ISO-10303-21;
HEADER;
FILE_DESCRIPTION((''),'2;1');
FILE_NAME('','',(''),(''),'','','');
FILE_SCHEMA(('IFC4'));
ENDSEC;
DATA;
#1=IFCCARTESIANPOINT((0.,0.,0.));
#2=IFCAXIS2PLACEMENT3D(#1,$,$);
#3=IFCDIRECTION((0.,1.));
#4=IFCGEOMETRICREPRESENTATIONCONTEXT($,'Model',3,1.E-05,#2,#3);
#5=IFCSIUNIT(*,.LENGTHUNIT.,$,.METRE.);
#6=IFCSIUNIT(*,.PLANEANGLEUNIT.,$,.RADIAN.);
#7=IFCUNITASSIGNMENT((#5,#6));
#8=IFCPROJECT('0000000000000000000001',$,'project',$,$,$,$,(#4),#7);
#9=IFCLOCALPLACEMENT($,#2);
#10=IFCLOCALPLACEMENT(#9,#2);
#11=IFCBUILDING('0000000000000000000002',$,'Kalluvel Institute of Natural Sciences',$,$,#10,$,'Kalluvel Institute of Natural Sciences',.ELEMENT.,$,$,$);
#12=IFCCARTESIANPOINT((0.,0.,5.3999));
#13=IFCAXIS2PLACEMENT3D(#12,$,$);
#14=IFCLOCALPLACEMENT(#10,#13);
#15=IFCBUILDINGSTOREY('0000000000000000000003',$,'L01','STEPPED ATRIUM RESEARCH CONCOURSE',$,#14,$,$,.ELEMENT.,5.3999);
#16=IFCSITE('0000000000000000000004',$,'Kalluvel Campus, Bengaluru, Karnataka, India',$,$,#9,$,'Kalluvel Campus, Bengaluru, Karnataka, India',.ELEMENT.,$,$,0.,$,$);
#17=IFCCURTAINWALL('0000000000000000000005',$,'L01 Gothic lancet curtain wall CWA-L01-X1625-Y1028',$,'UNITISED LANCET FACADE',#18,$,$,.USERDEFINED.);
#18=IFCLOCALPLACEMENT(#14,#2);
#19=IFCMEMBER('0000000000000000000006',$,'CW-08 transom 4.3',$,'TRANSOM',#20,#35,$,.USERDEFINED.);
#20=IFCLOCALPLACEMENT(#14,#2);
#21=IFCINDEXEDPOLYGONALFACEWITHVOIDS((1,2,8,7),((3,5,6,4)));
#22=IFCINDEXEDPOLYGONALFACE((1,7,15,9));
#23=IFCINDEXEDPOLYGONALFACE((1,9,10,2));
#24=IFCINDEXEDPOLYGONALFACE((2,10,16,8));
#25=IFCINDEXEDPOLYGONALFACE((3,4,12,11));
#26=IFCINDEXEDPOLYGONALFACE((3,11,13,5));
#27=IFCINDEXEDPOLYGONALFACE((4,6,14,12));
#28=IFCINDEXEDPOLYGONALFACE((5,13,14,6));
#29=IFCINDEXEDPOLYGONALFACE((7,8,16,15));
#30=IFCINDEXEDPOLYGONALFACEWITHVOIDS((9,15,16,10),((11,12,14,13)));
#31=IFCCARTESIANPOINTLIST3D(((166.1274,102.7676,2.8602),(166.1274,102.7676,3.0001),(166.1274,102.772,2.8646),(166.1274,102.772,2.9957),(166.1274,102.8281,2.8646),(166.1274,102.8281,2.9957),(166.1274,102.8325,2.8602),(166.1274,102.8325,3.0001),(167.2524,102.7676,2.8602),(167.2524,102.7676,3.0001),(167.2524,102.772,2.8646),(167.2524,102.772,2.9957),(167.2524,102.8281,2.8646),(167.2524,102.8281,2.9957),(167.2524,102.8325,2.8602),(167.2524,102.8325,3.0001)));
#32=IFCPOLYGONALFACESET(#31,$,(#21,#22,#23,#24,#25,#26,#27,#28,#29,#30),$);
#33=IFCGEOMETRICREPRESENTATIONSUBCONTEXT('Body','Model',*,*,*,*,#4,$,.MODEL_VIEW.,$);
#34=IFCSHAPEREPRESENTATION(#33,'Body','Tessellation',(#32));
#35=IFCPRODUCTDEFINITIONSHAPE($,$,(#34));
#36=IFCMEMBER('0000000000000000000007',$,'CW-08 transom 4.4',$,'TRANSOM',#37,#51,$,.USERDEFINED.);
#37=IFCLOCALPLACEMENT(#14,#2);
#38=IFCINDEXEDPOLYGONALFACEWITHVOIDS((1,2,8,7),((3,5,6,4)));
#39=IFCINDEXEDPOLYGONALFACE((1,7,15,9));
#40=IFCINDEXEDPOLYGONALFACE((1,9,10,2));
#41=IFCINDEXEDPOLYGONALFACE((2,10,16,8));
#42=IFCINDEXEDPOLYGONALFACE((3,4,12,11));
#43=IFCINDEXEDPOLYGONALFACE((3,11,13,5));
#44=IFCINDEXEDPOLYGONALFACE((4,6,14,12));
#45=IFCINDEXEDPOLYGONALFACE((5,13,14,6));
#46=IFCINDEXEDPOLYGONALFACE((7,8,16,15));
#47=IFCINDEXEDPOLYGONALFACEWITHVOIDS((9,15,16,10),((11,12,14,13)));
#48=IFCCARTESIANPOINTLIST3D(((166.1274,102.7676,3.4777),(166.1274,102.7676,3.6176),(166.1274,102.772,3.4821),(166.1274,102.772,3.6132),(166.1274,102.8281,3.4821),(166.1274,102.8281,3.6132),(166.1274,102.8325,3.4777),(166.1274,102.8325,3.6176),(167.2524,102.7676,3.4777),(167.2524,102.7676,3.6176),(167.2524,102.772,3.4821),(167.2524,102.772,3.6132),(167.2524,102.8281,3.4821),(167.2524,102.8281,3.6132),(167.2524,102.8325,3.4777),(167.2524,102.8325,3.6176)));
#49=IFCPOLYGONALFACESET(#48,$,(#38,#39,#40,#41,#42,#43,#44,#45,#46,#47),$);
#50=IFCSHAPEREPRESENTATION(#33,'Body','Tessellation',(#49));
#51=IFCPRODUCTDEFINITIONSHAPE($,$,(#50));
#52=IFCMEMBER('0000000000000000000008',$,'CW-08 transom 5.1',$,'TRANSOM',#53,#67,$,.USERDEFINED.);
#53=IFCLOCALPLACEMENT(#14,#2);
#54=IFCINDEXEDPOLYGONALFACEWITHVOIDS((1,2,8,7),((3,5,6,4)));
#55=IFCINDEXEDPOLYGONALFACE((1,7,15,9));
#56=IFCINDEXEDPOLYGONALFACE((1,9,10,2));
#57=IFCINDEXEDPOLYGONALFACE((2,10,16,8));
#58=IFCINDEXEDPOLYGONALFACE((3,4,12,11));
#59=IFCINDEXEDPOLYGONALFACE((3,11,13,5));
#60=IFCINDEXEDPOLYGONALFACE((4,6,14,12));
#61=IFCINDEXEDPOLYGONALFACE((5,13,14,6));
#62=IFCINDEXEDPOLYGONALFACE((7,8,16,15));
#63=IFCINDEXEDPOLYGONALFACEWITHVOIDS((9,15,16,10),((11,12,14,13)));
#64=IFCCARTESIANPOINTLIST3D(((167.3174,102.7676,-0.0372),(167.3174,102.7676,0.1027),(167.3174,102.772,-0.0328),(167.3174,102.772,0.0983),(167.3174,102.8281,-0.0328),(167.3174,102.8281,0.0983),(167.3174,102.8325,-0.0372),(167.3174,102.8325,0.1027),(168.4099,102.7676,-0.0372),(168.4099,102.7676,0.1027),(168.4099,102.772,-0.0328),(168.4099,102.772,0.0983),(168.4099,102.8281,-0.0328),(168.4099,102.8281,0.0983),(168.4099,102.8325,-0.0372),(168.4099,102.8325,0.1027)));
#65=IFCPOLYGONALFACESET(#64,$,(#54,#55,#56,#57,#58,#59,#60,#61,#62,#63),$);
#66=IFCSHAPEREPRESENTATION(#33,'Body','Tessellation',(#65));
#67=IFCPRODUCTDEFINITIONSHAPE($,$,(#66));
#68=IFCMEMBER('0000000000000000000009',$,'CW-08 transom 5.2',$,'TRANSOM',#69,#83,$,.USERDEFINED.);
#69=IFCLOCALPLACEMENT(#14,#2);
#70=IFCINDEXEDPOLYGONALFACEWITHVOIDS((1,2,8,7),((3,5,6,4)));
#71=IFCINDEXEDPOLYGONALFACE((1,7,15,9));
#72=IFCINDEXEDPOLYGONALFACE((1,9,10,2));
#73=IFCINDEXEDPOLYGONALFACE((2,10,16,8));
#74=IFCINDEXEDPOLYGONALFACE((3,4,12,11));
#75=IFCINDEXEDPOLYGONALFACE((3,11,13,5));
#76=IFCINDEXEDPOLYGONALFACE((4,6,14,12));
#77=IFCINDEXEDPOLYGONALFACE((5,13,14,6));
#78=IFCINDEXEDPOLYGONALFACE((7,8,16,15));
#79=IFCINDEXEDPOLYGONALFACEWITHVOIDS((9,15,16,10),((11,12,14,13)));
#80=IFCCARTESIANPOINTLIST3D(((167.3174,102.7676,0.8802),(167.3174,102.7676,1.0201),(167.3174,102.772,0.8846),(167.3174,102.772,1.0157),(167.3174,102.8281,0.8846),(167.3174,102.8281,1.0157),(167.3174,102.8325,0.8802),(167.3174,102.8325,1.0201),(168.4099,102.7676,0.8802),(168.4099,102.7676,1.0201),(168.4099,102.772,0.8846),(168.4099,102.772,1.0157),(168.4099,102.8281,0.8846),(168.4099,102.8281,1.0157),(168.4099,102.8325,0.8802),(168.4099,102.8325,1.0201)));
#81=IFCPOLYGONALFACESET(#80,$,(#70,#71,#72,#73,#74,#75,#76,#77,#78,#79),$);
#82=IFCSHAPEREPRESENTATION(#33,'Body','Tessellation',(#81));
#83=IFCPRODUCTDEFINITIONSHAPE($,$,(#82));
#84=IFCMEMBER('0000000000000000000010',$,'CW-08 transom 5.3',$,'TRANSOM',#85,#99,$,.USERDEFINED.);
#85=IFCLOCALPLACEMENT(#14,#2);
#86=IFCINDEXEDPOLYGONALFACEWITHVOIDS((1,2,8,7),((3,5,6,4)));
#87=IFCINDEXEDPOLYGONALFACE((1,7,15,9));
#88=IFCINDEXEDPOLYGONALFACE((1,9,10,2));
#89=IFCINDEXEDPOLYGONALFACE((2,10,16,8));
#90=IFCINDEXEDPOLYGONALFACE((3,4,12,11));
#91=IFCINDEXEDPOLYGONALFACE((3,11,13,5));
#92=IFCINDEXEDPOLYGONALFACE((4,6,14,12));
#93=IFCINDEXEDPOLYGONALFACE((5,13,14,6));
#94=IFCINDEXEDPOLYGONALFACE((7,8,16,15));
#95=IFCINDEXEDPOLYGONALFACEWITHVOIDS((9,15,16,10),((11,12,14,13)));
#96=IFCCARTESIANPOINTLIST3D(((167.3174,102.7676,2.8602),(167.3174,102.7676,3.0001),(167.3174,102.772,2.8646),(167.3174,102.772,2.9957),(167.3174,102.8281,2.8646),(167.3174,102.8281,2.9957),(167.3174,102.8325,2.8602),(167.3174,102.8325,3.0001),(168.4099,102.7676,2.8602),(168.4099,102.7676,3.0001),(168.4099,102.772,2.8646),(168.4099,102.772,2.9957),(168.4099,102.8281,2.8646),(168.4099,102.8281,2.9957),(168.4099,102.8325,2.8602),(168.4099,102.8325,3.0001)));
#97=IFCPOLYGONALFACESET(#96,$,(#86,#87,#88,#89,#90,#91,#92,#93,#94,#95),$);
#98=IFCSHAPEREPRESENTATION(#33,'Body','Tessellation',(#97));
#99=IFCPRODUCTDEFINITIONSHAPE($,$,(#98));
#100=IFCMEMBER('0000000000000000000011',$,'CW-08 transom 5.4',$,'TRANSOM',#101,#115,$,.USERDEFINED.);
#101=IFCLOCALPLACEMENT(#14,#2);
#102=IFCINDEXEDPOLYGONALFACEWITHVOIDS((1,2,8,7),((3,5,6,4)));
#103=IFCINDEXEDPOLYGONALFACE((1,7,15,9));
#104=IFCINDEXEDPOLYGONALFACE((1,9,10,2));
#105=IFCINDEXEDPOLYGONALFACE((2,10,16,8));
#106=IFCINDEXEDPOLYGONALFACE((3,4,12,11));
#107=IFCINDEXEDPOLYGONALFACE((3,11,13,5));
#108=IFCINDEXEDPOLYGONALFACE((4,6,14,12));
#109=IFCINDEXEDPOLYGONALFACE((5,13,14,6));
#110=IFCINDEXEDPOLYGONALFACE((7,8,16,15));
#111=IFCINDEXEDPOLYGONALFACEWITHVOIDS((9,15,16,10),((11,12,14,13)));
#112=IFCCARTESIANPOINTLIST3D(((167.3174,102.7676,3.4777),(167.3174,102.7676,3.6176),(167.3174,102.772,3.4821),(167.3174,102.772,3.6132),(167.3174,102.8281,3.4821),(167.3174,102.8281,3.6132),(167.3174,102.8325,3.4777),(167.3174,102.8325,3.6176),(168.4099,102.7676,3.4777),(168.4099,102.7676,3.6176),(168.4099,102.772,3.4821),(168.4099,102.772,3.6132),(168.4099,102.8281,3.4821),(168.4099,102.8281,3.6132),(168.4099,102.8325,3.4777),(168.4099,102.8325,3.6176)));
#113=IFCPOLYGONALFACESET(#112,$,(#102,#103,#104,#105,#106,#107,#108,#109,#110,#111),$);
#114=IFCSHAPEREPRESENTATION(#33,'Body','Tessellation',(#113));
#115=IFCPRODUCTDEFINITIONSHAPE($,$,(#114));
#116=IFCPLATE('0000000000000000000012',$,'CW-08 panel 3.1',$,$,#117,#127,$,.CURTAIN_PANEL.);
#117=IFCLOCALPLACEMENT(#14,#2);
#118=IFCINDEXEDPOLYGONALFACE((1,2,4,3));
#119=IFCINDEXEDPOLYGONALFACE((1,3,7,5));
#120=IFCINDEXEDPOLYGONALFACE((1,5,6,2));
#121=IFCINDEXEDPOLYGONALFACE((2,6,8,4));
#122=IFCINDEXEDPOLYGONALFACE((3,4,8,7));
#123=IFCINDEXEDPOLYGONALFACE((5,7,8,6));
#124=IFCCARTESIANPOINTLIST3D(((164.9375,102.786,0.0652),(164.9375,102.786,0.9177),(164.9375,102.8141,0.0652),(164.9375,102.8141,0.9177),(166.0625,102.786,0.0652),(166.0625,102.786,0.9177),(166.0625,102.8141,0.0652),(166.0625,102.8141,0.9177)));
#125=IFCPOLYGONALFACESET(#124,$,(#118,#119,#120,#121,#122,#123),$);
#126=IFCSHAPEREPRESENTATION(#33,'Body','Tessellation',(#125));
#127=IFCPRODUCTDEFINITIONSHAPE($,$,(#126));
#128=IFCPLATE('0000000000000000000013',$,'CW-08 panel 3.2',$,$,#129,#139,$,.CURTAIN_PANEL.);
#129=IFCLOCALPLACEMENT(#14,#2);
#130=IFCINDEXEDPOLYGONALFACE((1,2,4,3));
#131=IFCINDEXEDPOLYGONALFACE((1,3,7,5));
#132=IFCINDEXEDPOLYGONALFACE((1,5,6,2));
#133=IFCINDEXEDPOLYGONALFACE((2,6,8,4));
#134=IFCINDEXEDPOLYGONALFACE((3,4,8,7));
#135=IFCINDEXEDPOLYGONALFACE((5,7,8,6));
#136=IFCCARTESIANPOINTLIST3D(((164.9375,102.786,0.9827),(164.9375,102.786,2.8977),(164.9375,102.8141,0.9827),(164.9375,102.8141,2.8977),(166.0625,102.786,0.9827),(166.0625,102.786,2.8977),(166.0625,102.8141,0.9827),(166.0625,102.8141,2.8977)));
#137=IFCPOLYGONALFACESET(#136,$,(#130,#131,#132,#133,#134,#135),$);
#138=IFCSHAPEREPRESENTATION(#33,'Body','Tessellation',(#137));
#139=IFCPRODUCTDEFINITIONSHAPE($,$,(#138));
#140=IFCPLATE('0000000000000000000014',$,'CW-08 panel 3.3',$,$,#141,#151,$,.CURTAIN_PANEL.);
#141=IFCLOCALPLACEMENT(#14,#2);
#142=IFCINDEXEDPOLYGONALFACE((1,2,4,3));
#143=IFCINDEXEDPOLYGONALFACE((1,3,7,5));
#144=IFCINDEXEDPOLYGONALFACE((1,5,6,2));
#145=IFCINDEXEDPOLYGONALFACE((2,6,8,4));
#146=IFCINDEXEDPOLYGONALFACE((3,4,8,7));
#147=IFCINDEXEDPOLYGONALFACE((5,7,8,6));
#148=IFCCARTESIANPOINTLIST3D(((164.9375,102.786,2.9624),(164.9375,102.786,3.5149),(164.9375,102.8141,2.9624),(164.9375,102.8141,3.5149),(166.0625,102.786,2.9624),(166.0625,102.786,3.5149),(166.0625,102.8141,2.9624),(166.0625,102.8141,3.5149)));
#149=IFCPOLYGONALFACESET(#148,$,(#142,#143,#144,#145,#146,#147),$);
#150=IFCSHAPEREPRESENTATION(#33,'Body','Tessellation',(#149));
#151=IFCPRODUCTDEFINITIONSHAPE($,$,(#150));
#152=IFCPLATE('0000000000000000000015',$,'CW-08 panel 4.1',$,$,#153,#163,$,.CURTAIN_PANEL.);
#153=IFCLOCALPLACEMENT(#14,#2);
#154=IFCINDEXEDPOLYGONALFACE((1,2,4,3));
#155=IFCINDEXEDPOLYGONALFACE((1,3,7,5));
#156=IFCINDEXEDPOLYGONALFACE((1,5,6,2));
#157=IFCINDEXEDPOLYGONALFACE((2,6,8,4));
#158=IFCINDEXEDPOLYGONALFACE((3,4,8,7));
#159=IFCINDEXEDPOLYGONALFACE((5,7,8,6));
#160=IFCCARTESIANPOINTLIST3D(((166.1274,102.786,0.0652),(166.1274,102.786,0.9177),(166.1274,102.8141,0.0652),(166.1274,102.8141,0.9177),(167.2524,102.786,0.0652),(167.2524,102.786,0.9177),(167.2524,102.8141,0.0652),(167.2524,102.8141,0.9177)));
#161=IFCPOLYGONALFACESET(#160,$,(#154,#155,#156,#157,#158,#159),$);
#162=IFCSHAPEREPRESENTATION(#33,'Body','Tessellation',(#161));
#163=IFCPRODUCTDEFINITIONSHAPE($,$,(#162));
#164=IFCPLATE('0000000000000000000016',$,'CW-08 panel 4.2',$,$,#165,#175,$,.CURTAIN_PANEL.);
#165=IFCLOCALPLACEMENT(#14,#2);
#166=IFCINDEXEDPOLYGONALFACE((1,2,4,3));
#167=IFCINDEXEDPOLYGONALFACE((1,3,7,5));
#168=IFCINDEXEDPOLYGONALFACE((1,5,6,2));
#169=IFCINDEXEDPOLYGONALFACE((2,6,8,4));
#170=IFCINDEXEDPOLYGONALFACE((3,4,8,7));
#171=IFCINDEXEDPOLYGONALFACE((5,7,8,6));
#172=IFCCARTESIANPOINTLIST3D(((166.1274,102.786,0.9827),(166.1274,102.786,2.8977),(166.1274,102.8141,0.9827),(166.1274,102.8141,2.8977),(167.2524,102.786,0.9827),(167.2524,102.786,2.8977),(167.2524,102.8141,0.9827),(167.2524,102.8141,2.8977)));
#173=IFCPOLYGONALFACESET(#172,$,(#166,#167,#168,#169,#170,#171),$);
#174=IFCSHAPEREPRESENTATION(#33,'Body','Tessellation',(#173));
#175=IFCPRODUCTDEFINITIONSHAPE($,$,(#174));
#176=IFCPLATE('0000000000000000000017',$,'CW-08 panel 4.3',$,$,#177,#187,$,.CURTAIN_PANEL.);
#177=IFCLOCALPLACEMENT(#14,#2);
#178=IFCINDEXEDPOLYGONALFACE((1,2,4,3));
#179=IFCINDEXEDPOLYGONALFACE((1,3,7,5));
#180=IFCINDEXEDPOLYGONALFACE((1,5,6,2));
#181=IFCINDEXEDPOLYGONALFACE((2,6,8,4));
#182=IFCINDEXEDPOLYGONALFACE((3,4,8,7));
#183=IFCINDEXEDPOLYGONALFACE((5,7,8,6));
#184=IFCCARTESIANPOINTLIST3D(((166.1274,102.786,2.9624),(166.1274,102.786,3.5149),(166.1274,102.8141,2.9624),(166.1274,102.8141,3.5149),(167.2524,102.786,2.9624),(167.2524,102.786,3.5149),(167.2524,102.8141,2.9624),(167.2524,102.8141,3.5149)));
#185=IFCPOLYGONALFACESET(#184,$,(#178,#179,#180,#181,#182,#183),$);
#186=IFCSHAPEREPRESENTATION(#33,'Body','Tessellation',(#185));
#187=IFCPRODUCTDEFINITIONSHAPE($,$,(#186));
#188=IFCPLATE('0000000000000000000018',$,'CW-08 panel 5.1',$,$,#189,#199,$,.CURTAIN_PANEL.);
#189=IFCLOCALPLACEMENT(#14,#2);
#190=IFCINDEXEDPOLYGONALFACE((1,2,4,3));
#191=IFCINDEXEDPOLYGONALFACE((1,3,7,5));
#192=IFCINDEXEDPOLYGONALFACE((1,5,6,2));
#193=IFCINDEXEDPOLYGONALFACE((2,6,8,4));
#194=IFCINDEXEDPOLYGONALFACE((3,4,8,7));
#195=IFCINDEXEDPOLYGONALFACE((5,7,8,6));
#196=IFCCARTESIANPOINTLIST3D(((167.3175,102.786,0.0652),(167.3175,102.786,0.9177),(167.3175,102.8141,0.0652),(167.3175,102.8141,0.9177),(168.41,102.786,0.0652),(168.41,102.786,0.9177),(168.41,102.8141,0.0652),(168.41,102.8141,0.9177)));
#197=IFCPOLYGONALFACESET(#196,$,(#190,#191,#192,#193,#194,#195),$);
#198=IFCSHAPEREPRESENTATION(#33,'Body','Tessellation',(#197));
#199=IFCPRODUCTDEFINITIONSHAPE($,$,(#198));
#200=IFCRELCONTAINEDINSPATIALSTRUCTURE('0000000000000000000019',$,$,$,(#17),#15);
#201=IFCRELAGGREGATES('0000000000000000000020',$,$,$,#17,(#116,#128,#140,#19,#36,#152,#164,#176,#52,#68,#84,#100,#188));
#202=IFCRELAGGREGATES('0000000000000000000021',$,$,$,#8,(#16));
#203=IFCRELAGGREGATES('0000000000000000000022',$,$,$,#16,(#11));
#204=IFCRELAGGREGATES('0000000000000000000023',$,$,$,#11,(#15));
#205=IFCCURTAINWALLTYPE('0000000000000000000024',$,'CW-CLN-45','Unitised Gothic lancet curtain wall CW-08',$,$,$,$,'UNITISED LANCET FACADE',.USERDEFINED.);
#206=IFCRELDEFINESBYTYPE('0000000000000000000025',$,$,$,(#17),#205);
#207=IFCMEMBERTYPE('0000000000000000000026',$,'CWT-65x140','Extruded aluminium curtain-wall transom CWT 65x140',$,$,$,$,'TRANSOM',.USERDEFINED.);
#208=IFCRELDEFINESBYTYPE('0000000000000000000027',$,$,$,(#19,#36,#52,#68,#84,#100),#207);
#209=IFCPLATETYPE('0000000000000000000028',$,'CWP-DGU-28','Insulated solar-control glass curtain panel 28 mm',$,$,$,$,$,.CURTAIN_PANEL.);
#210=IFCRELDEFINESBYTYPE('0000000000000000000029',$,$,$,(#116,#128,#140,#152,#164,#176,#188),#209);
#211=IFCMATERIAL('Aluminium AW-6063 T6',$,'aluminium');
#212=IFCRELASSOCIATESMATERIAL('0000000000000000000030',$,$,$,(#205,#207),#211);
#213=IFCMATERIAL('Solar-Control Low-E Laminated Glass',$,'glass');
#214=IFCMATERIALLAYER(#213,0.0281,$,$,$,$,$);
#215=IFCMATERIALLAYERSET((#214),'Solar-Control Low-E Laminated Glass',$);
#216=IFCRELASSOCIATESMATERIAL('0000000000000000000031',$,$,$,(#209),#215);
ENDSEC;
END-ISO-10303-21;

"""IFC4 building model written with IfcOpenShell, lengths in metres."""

from ifc_helpers import new_model, si_unit, direction, frame, origin, origin_2d, place, context, subcontext, project, spatial, rectangle, hollow_rectangle, extrude, material, layer, layer_set, material_profile, profile_set, type_object, element, aggregate, save


model = new_model("IFC4")

# Units and contexts
model_context = context("Model", 3, precision=1e-05, world=origin(), true_north=direction((0.0, 1.0)))
body_context = subcontext(model_context, "Body", "Model", "MODEL_VIEW")
ifc_project = project(units=[si_unit("LENGTHUNIT", "METRE"), si_unit("PLANEANGLEUNIT", "RADIAN")], contexts=[model_context])

# Site, building, storey
site_placement = place(None, origin())
site = spatial("IfcSite", under=ifc_project, at=site_placement, Name="Kalluvel Campus, Bengaluru, Karnataka, India", LongName="Kalluvel Campus, Bengaluru, Karnataka, India", CompositionType="ELEMENT", RefElevation=0.0)
building_placement = place(site_placement, origin())
building = spatial("IfcBuilding", under=site, at=building_placement, Name="Kalluvel Institute of Natural Sciences", LongName="Kalluvel Institute of Natural Sciences", CompositionType="ELEMENT")
storey_placement = place(building_placement, frame((0.0, 0.0, 5.3999)))
storey = spatial("IfcBuildingStorey", under=building, at=storey_placement, Name="L01", Description="STEPPED ATRIUM RESEARCH CONCOURSE", CompositionType="ELEMENT", Elevation=5.3999)

# Curtain wall, members, plates
ifc_material_1 = material(Name="Aluminium AW-6063 T6", Category="aluminium")
curtain_wall_type = type_object("IfcCurtainWallType", Name="CW-CLN-45", Description="Unitised Gothic lancet curtain wall CW-08", ElementType="UNITISED LANCET FACADE", PredefinedType="USERDEFINED", material=ifc_material_1)
curtain_wall_placement = place(storey_placement, origin())
curtain_wall = element("IfcCurtainWall", 1, at=curtain_wall_placement, inside=storey, type_object=curtain_wall_type, Name="L01 Gothic lancet curtain wall CWA-L01-X1625-Y1028", ObjectType="UNITISED LANCET FACADE", PredefinedType="USERDEFINED")
ifc_material_profile_1 = material_profile(ifc_material_1, hollow_rectangle(XDim=0.0649, YDim=0.1399, WallThickness=0.0044, at=origin_2d()), Name="CWT 65x140")
ifc_profile_set_1 = profile_set([ifc_material_profile_1], Name="Aluminium AW-6063 T6")
member_type_1 = type_object("IfcMemberType", Name="CWT-65x140", Description="Extruded aluminium curtain-wall transom CWT 65x140", ElementType="TRANSOM", PredefinedType="USERDEFINED", material=ifc_profile_set_1)
member_1_placement = place(storey_placement, frame((166.1274, 102.8, 2.9302), z_axis=(1.0, 0.0, 0.0), x_axis=(0.0, 1.0, 0.0)))
member_1 = element("IfcMember", 2, at=member_1_placement, type_object=member_type_1, Name="CW-08 transom 4.3", ObjectType="TRANSOM", PredefinedType="USERDEFINED", context=body_context, shape_type="SweptSolid", body=[
    extrude(hollow_rectangle(XDim=0.0649, YDim=0.1399, WallThickness=0.0044, at=origin_2d()), origin(), (0.0, 0.0, 1.0), 1.125),
])
member_2_placement = place(storey_placement, frame((166.1274, 102.8, 3.5476), z_axis=(1.0, 0.0, 0.0), x_axis=(0.0, 1.0, 0.0)))
member_2 = element("IfcMember", 3, at=member_2_placement, type_object=member_type_1, Name="CW-08 transom 4.4", ObjectType="TRANSOM", PredefinedType="USERDEFINED", context=body_context, shape_type="SweptSolid", body=[
    extrude(hollow_rectangle(XDim=0.0649, YDim=0.1399, WallThickness=0.0044, at=origin_2d()), origin(), (0.0, 0.0, 1.0), 1.125),
])
member_3_placement = place(storey_placement, frame((167.3174, 102.8, 0.0327), z_axis=(1.0, 0.0, 0.0), x_axis=(0.0, 1.0, 0.0)))
member_3 = element("IfcMember", 4, at=member_3_placement, type_object=member_type_1, Name="CW-08 transom 5.1", ObjectType="TRANSOM", PredefinedType="USERDEFINED", context=body_context, shape_type="SweptSolid", body=[
    extrude(hollow_rectangle(XDim=0.0649, YDim=0.1399, WallThickness=0.0044, at=origin_2d()), origin(), (0.0, 0.0, 1.0), 1.0925),
])
member_4_placement = place(storey_placement, frame((167.3174, 102.8, 0.9502), z_axis=(1.0, 0.0, 0.0), x_axis=(0.0, 1.0, 0.0)))
member_4 = element("IfcMember", 5, at=member_4_placement, type_object=member_type_1, Name="CW-08 transom 5.2", ObjectType="TRANSOM", PredefinedType="USERDEFINED", context=body_context, shape_type="SweptSolid", body=[
    extrude(hollow_rectangle(XDim=0.0649, YDim=0.1399, WallThickness=0.0044, at=origin_2d()), origin(), (0.0, 0.0, 1.0), 1.0925),
])
member_5_placement = place(storey_placement, frame((167.3174, 102.8, 2.9302), z_axis=(1.0, 0.0, 0.0), x_axis=(0.0, 1.0, 0.0)))
member_5 = element("IfcMember", 6, at=member_5_placement, type_object=member_type_1, Name="CW-08 transom 5.3", ObjectType="TRANSOM", PredefinedType="USERDEFINED", context=body_context, shape_type="SweptSolid", body=[
    extrude(hollow_rectangle(XDim=0.0649, YDim=0.1399, WallThickness=0.0044, at=origin_2d()), origin(), (0.0, 0.0, 1.0), 1.0925),
])
member_6_placement = place(storey_placement, frame((167.3174, 102.8, 3.5476), z_axis=(1.0, 0.0, 0.0), x_axis=(0.0, 1.0, 0.0)))
member_6 = element("IfcMember", 7, at=member_6_placement, type_object=member_type_1, Name="CW-08 transom 5.4", ObjectType="TRANSOM", PredefinedType="USERDEFINED", context=body_context, shape_type="SweptSolid", body=[
    extrude(hollow_rectangle(XDim=0.0649, YDim=0.1399, WallThickness=0.0044, at=origin_2d()), origin(), (0.0, 0.0, 1.0), 1.0925),
])
ifc_material_2 = material(Name="Solar-Control Low-E Laminated Glass", Category="glass")
ifc_layer = layer(ifc_material_2, 0.0281)
ifc_layer_set = layer_set([ifc_layer], Name="Solar-Control Low-E Laminated Glass")
plate_type = type_object("IfcPlateType", Name="CWP-DGU-28", Description="Insulated solar-control glass curtain panel 28 mm", PredefinedType="CURTAIN_PANEL", material=ifc_layer_set)
plate_1_placement = place(storey_placement, frame((165.5, 102.8, 0.0652), z_axis=(0.0, 0.0, 1.0), x_axis=(1.0, 0.0, 0.0)))
plate_1 = element("IfcPlate", 8, at=plate_1_placement, type_object=plate_type, Name="CW-08 panel 3.1", PredefinedType="CURTAIN_PANEL", context=body_context, shape_type="SweptSolid", body=[
    extrude(rectangle(XDim=1.125, YDim=0.0281, at=origin_2d()), origin(), (0.0, 0.0, 1.0), 0.8525),
])
plate_2_placement = place(storey_placement, frame((165.5, 102.8, 0.9827), z_axis=(0.0, 0.0, 1.0), x_axis=(1.0, 0.0, 0.0)))
plate_2 = element("IfcPlate", 9, at=plate_2_placement, type_object=plate_type, Name="CW-08 panel 3.2", PredefinedType="CURTAIN_PANEL", context=body_context, shape_type="SweptSolid", body=[
    extrude(rectangle(XDim=1.125, YDim=0.0281, at=origin_2d()), origin(), (0.0, 0.0, 1.0), 1.915),
])
plate_3_placement = place(storey_placement, frame((165.5, 102.8, 2.9624), z_axis=(0.0, 0.0, 1.0), x_axis=(1.0, 0.0, 0.0)))
plate_3 = element("IfcPlate", 10, at=plate_3_placement, type_object=plate_type, Name="CW-08 panel 3.3", PredefinedType="CURTAIN_PANEL", context=body_context, shape_type="SweptSolid", body=[
    extrude(rectangle(XDim=1.125, YDim=0.0281, at=origin_2d()), origin(), (0.0, 0.0, 1.0), 0.5525),
])
plate_4_placement = place(storey_placement, frame((166.6899, 102.8, 0.0652), z_axis=(0.0, 0.0, 1.0), x_axis=(1.0, 0.0, 0.0)))
plate_4 = element("IfcPlate", 11, at=plate_4_placement, type_object=plate_type, Name="CW-08 panel 4.1", PredefinedType="CURTAIN_PANEL", context=body_context, shape_type="SweptSolid", body=[
    extrude(rectangle(XDim=1.125, YDim=0.0281, at=origin_2d()), origin(), (0.0, 0.0, 1.0), 0.8525),
])
plate_5_placement = place(storey_placement, frame((166.6899, 102.8, 0.9827), z_axis=(0.0, 0.0, 1.0), x_axis=(1.0, 0.0, 0.0)))
plate_5 = element("IfcPlate", 12, at=plate_5_placement, type_object=plate_type, Name="CW-08 panel 4.2", PredefinedType="CURTAIN_PANEL", context=body_context, shape_type="SweptSolid", body=[
    extrude(rectangle(XDim=1.125, YDim=0.0281, at=origin_2d()), origin(), (0.0, 0.0, 1.0), 1.915),
])
plate_6_placement = place(storey_placement, frame((166.6899, 102.8, 2.9624), z_axis=(0.0, 0.0, 1.0), x_axis=(1.0, 0.0, 0.0)))
plate_6 = element("IfcPlate", 13, at=plate_6_placement, type_object=plate_type, Name="CW-08 panel 4.3", PredefinedType="CURTAIN_PANEL", context=body_context, shape_type="SweptSolid", body=[
    extrude(rectangle(XDim=1.125, YDim=0.0281, at=origin_2d()), origin(), (0.0, 0.0, 1.0), 0.5525),
])
plate_7_placement = place(storey_placement, frame((167.8638, 102.8, 0.0652), z_axis=(0.0, 0.0, 1.0), x_axis=(1.0, 0.0, 0.0)))
plate_7 = element("IfcPlate", 14, at=plate_7_placement, type_object=plate_type, Name="CW-08 panel 5.1", PredefinedType="CURTAIN_PANEL", context=body_context, shape_type="SweptSolid", body=[
    extrude(rectangle(XDim=1.0925, YDim=0.0281, at=origin_2d()), origin(), (0.0, 0.0, 1.0), 0.8525),
])
aggregate(curtain_wall, [plate_1, plate_2, plate_3, member_1, member_2, plate_4, plate_5, plate_6, member_3, member_4, member_5, member_6, plate_7])

save(model, "model.ifc")
